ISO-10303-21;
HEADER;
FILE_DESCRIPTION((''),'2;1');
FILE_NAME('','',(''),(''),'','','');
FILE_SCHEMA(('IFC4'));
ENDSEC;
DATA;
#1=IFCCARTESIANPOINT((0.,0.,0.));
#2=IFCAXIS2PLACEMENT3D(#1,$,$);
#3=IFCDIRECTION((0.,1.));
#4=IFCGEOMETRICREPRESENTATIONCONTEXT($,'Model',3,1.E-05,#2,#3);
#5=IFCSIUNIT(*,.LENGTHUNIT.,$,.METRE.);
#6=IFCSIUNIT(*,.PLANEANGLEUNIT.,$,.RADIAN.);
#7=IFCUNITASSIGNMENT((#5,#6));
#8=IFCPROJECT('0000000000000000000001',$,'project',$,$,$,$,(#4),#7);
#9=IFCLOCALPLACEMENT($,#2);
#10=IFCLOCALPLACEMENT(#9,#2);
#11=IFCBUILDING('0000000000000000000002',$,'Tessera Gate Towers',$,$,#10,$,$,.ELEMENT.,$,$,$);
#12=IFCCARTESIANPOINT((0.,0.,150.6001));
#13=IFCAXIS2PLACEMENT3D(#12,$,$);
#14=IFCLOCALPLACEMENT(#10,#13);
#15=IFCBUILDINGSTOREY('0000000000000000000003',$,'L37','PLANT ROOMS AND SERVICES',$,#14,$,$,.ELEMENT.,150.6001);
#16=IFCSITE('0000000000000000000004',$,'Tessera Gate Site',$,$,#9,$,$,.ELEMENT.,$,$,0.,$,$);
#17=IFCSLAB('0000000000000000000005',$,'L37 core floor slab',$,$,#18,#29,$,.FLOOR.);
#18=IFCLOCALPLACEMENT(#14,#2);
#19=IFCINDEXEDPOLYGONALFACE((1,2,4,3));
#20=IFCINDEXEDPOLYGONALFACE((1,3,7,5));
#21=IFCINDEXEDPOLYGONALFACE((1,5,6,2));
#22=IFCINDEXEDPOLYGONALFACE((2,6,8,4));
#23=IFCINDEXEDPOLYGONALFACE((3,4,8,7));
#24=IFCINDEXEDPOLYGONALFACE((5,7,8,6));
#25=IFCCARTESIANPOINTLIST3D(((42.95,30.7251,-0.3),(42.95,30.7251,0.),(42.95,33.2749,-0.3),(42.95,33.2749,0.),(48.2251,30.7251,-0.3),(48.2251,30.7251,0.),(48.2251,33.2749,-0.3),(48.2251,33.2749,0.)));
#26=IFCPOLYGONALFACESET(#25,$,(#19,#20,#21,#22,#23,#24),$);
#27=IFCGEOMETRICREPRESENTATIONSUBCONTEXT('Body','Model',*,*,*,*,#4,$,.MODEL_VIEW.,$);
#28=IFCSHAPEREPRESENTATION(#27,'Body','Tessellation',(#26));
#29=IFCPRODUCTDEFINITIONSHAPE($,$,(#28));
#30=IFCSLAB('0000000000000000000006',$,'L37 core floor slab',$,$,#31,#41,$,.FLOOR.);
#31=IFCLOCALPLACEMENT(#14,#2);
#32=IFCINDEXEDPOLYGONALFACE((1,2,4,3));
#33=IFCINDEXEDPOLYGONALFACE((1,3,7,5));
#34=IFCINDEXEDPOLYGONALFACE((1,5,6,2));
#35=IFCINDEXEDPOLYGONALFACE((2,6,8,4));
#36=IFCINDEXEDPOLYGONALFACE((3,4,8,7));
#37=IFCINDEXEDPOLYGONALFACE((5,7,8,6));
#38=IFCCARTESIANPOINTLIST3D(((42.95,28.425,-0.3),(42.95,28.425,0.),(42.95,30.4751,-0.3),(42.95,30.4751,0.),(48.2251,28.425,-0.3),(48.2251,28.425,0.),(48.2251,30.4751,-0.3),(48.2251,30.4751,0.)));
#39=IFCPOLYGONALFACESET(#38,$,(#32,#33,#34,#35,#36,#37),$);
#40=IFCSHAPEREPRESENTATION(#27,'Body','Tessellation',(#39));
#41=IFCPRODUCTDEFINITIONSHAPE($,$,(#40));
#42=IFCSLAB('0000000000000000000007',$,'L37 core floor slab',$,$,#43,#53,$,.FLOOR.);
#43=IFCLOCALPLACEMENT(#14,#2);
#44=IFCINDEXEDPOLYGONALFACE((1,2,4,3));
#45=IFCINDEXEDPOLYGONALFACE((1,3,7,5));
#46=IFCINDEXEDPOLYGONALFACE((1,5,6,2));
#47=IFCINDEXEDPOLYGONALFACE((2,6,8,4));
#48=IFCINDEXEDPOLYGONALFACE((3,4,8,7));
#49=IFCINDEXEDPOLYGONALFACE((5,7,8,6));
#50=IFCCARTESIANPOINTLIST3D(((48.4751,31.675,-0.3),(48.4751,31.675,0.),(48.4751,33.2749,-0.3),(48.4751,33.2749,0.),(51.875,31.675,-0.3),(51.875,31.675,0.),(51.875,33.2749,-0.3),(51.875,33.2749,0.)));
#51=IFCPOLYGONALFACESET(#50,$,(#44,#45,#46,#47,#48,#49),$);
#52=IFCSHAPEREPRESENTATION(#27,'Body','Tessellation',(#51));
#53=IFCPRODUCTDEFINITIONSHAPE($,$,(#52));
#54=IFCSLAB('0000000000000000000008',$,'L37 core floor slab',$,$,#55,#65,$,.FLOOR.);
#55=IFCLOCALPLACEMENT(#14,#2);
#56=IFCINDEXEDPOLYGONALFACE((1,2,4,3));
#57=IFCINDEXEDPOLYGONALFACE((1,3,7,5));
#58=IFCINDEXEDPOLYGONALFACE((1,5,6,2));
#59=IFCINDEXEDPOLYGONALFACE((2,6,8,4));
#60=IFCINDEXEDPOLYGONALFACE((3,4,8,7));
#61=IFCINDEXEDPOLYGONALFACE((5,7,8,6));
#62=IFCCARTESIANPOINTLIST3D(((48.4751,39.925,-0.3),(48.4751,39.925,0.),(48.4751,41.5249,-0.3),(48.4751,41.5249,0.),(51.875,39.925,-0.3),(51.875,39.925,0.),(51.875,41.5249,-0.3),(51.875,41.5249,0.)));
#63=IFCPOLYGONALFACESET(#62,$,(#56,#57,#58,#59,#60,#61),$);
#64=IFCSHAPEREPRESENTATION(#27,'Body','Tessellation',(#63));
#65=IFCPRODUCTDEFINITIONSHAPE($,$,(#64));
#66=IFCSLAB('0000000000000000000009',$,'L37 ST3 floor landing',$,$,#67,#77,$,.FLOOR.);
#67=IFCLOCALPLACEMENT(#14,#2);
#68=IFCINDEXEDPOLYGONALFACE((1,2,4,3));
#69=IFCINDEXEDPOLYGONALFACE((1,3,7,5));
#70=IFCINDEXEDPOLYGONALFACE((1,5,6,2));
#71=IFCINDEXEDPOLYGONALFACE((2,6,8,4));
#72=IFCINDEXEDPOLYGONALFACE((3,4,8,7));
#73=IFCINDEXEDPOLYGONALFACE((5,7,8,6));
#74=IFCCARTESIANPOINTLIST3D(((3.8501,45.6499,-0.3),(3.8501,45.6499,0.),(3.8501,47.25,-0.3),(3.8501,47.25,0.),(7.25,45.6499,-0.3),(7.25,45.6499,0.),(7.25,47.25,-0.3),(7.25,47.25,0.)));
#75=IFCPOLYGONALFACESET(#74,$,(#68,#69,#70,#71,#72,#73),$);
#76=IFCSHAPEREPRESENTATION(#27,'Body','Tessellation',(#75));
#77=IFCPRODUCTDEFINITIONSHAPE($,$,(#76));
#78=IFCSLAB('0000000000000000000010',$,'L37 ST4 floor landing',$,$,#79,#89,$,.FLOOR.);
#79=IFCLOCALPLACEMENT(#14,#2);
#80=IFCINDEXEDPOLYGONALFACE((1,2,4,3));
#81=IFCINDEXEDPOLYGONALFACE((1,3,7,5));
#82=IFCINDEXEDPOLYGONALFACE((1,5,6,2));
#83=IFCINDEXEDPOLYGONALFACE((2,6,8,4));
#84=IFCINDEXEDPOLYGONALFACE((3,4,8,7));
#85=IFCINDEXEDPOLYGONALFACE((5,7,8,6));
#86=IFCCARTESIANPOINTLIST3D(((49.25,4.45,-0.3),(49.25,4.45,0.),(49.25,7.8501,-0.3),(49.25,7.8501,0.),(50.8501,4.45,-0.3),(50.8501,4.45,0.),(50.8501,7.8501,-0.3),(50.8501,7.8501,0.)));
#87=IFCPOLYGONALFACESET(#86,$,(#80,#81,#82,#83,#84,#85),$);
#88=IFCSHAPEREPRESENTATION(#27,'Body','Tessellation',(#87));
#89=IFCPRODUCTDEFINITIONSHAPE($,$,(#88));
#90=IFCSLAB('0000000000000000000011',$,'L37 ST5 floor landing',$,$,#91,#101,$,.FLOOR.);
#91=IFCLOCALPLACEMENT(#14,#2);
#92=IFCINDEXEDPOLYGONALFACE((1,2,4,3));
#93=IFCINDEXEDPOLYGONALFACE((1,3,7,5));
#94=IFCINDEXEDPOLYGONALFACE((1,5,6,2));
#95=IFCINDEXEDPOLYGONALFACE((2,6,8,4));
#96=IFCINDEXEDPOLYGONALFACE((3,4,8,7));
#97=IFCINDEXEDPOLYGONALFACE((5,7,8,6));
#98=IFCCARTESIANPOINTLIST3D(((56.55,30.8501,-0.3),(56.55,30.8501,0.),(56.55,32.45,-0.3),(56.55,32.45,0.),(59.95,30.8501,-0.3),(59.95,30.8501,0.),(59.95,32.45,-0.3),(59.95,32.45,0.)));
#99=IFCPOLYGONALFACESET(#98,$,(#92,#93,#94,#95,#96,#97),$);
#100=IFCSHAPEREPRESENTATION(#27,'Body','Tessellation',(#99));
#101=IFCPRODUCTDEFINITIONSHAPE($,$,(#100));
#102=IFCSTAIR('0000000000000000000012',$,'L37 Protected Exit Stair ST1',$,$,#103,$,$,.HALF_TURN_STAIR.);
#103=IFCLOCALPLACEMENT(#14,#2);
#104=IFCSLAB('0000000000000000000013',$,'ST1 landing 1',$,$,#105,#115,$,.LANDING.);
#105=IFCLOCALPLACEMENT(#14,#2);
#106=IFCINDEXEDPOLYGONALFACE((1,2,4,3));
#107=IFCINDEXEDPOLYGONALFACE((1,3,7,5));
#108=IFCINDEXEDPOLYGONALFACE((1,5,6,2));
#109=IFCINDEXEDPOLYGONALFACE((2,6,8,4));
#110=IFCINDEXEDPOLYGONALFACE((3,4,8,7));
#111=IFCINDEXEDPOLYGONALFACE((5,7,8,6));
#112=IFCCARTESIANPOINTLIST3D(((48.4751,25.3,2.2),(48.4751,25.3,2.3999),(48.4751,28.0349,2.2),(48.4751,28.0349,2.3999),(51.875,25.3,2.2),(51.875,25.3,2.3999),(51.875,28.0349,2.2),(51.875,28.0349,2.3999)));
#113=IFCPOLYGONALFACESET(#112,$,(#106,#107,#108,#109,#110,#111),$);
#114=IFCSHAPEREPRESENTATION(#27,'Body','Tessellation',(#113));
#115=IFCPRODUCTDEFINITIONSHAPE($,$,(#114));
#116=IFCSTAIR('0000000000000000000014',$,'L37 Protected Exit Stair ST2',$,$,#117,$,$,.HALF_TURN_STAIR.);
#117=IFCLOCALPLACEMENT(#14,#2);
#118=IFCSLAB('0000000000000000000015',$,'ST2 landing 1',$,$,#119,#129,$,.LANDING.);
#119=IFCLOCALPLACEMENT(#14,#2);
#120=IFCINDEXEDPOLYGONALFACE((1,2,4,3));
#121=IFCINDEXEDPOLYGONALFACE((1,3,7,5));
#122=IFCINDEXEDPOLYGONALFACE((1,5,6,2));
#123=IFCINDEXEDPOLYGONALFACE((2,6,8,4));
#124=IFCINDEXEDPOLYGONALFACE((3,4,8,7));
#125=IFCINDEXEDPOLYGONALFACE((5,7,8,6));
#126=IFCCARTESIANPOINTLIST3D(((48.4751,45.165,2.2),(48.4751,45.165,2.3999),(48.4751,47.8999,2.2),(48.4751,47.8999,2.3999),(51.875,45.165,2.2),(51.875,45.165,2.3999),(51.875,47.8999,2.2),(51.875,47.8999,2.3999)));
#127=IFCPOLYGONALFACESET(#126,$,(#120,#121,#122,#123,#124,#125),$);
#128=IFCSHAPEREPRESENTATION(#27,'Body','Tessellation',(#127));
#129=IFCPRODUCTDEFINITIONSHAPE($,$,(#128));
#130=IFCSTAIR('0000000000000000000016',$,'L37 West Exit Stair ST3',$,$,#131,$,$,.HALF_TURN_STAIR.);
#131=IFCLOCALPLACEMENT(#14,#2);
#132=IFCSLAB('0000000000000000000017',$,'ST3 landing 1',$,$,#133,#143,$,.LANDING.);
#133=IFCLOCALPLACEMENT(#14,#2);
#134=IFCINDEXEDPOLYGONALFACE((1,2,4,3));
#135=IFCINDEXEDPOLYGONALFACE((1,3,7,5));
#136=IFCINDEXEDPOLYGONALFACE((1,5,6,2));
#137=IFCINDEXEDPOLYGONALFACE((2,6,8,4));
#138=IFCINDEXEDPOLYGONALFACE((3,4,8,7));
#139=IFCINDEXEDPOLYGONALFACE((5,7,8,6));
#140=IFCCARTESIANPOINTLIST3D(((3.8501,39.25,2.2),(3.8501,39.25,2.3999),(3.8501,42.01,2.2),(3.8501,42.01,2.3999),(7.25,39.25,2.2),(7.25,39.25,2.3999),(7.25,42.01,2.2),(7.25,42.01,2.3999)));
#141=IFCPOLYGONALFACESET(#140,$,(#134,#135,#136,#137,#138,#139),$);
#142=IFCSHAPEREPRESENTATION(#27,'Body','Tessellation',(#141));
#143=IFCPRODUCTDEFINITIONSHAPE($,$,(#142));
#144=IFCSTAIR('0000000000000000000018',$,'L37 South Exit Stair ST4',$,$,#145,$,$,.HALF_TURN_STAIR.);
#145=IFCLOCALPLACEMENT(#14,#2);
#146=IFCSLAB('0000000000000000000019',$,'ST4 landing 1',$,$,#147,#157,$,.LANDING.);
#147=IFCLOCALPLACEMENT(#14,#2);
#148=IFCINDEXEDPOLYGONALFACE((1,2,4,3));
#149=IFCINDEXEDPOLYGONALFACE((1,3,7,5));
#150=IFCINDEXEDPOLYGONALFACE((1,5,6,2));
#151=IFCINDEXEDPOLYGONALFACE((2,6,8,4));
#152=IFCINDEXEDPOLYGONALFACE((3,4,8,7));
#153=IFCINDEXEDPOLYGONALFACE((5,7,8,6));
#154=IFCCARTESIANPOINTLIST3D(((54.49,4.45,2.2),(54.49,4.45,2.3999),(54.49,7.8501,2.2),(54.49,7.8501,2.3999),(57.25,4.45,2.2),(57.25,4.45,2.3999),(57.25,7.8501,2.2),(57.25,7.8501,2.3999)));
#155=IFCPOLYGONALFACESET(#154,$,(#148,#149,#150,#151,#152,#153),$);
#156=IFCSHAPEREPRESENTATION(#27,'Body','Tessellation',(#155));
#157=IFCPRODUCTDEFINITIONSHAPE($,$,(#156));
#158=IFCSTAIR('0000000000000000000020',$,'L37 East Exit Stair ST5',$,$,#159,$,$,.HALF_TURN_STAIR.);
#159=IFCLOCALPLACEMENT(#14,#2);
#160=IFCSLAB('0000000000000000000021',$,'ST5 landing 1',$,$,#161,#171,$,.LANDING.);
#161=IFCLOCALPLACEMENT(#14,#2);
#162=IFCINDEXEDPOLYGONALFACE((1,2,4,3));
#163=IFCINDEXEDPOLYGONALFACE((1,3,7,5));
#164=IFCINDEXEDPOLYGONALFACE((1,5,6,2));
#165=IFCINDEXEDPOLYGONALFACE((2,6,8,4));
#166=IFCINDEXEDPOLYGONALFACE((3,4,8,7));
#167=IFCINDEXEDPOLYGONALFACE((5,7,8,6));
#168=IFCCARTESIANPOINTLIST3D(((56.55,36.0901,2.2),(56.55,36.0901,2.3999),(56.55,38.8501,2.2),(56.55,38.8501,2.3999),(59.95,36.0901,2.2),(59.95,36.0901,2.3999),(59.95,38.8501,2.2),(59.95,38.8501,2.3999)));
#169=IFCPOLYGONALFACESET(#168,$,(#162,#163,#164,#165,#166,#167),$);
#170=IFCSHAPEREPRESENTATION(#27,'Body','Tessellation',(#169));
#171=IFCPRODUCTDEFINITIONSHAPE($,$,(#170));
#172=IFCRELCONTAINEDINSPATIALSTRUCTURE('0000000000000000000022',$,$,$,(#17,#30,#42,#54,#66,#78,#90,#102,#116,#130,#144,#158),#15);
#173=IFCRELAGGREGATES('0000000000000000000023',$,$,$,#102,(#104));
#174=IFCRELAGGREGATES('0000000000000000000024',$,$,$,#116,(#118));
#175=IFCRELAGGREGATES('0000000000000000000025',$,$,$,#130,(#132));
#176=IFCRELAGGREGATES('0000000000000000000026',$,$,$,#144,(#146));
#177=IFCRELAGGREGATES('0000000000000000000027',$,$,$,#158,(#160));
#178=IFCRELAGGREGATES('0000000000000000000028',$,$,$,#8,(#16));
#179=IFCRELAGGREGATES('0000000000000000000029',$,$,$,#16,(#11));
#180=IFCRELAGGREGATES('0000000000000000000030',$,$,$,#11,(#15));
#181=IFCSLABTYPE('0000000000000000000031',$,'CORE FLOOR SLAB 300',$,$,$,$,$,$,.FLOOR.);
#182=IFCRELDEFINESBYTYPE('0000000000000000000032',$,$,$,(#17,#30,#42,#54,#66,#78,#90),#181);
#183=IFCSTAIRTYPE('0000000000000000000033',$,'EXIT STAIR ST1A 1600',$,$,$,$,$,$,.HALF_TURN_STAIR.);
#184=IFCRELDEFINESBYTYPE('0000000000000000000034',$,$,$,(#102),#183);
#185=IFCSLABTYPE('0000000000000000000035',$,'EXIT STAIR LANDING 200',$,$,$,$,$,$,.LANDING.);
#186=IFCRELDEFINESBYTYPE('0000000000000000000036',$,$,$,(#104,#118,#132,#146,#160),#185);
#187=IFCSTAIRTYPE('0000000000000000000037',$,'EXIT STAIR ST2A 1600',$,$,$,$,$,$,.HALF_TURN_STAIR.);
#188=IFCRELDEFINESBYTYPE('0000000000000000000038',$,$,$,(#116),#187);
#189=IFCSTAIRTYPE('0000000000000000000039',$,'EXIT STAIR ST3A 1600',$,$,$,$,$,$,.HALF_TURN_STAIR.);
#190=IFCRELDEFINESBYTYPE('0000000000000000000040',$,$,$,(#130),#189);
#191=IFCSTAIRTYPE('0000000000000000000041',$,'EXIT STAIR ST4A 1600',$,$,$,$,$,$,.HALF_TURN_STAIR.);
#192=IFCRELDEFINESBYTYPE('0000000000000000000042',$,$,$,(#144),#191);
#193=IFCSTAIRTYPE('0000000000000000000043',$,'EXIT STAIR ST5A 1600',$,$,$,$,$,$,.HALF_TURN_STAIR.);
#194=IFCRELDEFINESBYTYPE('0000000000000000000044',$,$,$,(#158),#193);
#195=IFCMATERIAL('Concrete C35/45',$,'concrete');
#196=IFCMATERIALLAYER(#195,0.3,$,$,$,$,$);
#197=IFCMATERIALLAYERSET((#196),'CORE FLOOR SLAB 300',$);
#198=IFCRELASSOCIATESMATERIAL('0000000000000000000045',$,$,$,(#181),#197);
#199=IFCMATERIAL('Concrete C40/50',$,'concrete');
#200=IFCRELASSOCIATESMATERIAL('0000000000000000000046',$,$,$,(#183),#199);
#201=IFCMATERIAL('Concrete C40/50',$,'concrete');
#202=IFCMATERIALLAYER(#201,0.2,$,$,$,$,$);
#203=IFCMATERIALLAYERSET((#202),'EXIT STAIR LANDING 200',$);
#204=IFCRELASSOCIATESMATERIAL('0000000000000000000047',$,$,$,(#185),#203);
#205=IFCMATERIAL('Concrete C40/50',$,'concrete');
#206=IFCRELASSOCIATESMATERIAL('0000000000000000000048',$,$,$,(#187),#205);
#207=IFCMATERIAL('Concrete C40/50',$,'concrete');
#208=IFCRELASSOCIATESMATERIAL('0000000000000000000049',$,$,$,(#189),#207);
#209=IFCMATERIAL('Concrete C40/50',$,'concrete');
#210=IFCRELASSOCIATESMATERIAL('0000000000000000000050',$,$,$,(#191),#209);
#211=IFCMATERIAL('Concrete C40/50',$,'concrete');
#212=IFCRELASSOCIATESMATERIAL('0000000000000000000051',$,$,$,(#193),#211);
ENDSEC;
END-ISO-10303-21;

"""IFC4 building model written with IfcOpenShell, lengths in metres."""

from ifc_helpers import new_model, si_unit, direction, frame, origin, place, context, subcontext, project, spatial, polyline, outline, extrude, material, layer, layer_set, type_object, element, aggregate, save


model = new_model("IFC4")

# Units and contexts
model_context = context("Model", 3, precision=1e-05, world=origin(), true_north=direction((0.0, 1.0)))
body_context = subcontext(model_context, "Body", "Model", "MODEL_VIEW")
ifc_project = project(units=[si_unit("LENGTHUNIT", "METRE"), si_unit("PLANEANGLEUNIT", "RADIAN")], contexts=[model_context])

# Site, building, storey
site_placement = place(None, origin())
site = spatial("IfcSite", under=ifc_project, at=site_placement, Name="Tessera Gate Site", CompositionType="ELEMENT", RefElevation=0.0)
building_placement = place(site_placement, origin())
building = spatial("IfcBuilding", under=site, at=building_placement, Name="Tessera Gate Towers", CompositionType="ELEMENT")
storey_placement = place(building_placement, frame((0.0, 0.0, 150.6001)))
storey = spatial("IfcBuildingStorey", under=building, at=storey_placement, Name="L37", Description="PLANT ROOMS AND SERVICES", CompositionType="ELEMENT", Elevation=150.6001)

# Slabs
ifc_material_1 = material(Name="Concrete C35/45", Category="concrete")
ifc_layer_1 = layer(ifc_material_1, 0.3)
ifc_layer_set_1 = layer_set([ifc_layer_1], Name="CORE FLOOR SLAB 300")
slab_type_1 = type_object("IfcSlabType", Name="CORE FLOOR SLAB 300", PredefinedType="FLOOR", material=ifc_layer_set_1)
slab_1_placement = place(storey_placement, frame((0.0, 0.0, -0.3)))
element("IfcSlab", 1, at=slab_1_placement, inside=storey, type_object=slab_type_1, Name="L37 core floor slab", PredefinedType="FLOOR", context=body_context, shape_type="SweptSolid", body=[
    extrude(outline(polyline([(42.95, 33.2749), (42.95, 30.7251), (48.2251, 30.7251), (48.2251, 33.2749), (42.95, 33.2749)])), origin(), (0.0, 0.0, 1.0), 0.3),
])
slab_2_placement = place(storey_placement, frame((0.0, 0.0, -0.3)))
element("IfcSlab", 2, at=slab_2_placement, inside=storey, type_object=slab_type_1, Name="L37 core floor slab", PredefinedType="FLOOR", context=body_context, shape_type="SweptSolid", body=[
    extrude(outline(polyline([(48.2251, 30.4751), (42.95, 30.4751), (42.95, 28.425), (48.2251, 28.425), (48.2251, 30.4751)])), origin(), (0.0, 0.0, 1.0), 0.3),
])
slab_3_placement = place(storey_placement, frame((0.0, 0.0, -0.3)))
element("IfcSlab", 3, at=slab_3_placement, inside=storey, type_object=slab_type_1, Name="L37 core floor slab", PredefinedType="FLOOR", context=body_context, shape_type="SweptSolid", body=[
    extrude(outline(polyline([(51.875, 31.675), (51.875, 33.2749), (48.4751, 33.2749), (48.4751, 31.675), (51.875, 31.675)])), origin(), (0.0, 0.0, 1.0), 0.3),
])
slab_4_placement = place(storey_placement, frame((0.0, 0.0, -0.3)))
element("IfcSlab", 4, at=slab_4_placement, inside=storey, type_object=slab_type_1, Name="L37 core floor slab", PredefinedType="FLOOR", context=body_context, shape_type="SweptSolid", body=[
    extrude(outline(polyline([(48.4751, 41.5249), (48.4751, 39.925), (51.875, 39.925), (51.875, 41.5249), (48.4751, 41.5249)])), origin(), (0.0, 0.0, 1.0), 0.3),
])
slab_5_placement = place(storey_placement, frame((0.0, 0.0, -0.3)))
element("IfcSlab", 5, at=slab_5_placement, inside=storey, type_object=slab_type_1, Name="L37 ST3 floor landing", PredefinedType="FLOOR", context=body_context, shape_type="SweptSolid", body=[
    extrude(outline(polyline([(3.8501, 47.25), (3.8501, 45.6499), (7.25, 45.6499), (7.25, 47.25), (3.8501, 47.25)])), origin(), (0.0, 0.0, 1.0), 0.3),
])
slab_6_placement = place(storey_placement, frame((0.0, 0.0, -0.3)))
element("IfcSlab", 6, at=slab_6_placement, inside=storey, type_object=slab_type_1, Name="L37 ST4 floor landing", PredefinedType="FLOOR", context=body_context, shape_type="SweptSolid", body=[
    extrude(outline(polyline([(49.25, 4.45), (50.8501, 4.45), (50.8501, 7.8501), (49.25, 7.8501), (49.25, 4.45)])), origin(), (0.0, 0.0, 1.0), 0.3),
])
slab_7_placement = place(storey_placement, frame((0.0, 0.0, -0.3)))
element("IfcSlab", 7, at=slab_7_placement, inside=storey, type_object=slab_type_1, Name="L37 ST5 floor landing", PredefinedType="FLOOR", context=body_context, shape_type="SweptSolid", body=[
    extrude(outline(polyline([(59.95, 30.8501), (59.95, 32.45), (56.55, 32.45), (56.55, 30.8501), (59.95, 30.8501)])), origin(), (0.0, 0.0, 1.0), 0.3),
])

# Stairs, slabs
ifc_material_2 = material(Name="Concrete C40/50", Category="concrete")
stair_type_1 = type_object("IfcStairType", Name="EXIT STAIR ST1A 1600", PredefinedType="HALF_TURN_STAIR", material=ifc_material_2)
stair_1_placement = place(storey_placement, origin())
stair_1 = element("IfcStair", 8, at=stair_1_placement, inside=storey, type_object=stair_type_1, Name="L37 Protected Exit Stair ST1", PredefinedType="HALF_TURN_STAIR")
ifc_material_3 = material(Name="Concrete C40/50", Category="concrete")
ifc_layer_2 = layer(ifc_material_3, 0.2)
ifc_layer_set_2 = layer_set([ifc_layer_2], Name="EXIT STAIR LANDING 200")
slab_type_2 = type_object("IfcSlabType", Name="EXIT STAIR LANDING 200", PredefinedType="LANDING", material=ifc_layer_set_2)
slab_8_placement = place(storey_placement, frame((0.0, 0.0, 2.2)))
slab_8 = element("IfcSlab", 9, at=slab_8_placement, type_object=slab_type_2, Name="ST1 landing 1", PredefinedType="LANDING", context=body_context, shape_type="SweptSolid", body=[
    extrude(outline(polyline([(48.4751, 28.0349), (48.4751, 25.3), (51.875, 25.3), (51.875, 28.0349), (48.4751, 28.0349)])), origin(), (0.0, 0.0, 1.0), 0.2),
])
aggregate(stair_1, [slab_8])
ifc_material_4 = material(Name="Concrete C40/50", Category="concrete")
stair_type_2 = type_object("IfcStairType", Name="EXIT STAIR ST2A 1600", PredefinedType="HALF_TURN_STAIR", material=ifc_material_4)
stair_2_placement = place(storey_placement, origin())
stair_2 = element("IfcStair", 10, at=stair_2_placement, inside=storey, type_object=stair_type_2, Name="L37 Protected Exit Stair ST2", PredefinedType="HALF_TURN_STAIR")
slab_9_placement = place(storey_placement, frame((0.0, 0.0, 2.2)))
slab_9 = element("IfcSlab", 11, at=slab_9_placement, type_object=slab_type_2, Name="ST2 landing 1", PredefinedType="LANDING", context=body_context, shape_type="SweptSolid", body=[
    extrude(outline(polyline([(51.875, 45.165), (51.875, 47.8999), (48.4751, 47.8999), (48.4751, 45.165), (51.875, 45.165)])), origin(), (0.0, 0.0, 1.0), 0.2),
])
aggregate(stair_2, [slab_9])
ifc_material_5 = material(Name="Concrete C40/50", Category="concrete")
stair_type_3 = type_object("IfcStairType", Name="EXIT STAIR ST3A 1600", PredefinedType="HALF_TURN_STAIR", material=ifc_material_5)
stair_3_placement = place(storey_placement, origin())
stair_3 = element("IfcStair", 12, at=stair_3_placement, inside=storey, type_object=stair_type_3, Name="L37 West Exit Stair ST3", PredefinedType="HALF_TURN_STAIR")
slab_10_placement = place(storey_placement, frame((0.0, 0.0, 2.2)))
slab_10 = element("IfcSlab", 13, at=slab_10_placement, type_object=slab_type_2, Name="ST3 landing 1", PredefinedType="LANDING", context=body_context, shape_type="SweptSolid", body=[
    extrude(outline(polyline([(3.8501, 42.01), (3.8501, 39.25), (7.25, 39.25), (7.25, 42.01), (3.8501, 42.01)])), origin(), (0.0, 0.0, 1.0), 0.2),
])
aggregate(stair_3, [slab_10])
ifc_material_6 = material(Name="Concrete C40/50", Category="concrete")
stair_type_4 = type_object("IfcStairType", Name="EXIT STAIR ST4A 1600", PredefinedType="HALF_TURN_STAIR", material=ifc_material_6)
stair_4_placement = place(storey_placement, origin())
stair_4 = element("IfcStair", 14, at=stair_4_placement, inside=storey, type_object=stair_type_4, Name="L37 South Exit Stair ST4", PredefinedType="HALF_TURN_STAIR")
slab_11_placement = place(storey_placement, frame((0.0, 0.0, 2.2)))
slab_11 = element("IfcSlab", 15, at=slab_11_placement, type_object=slab_type_2, Name="ST4 landing 1", PredefinedType="LANDING", context=body_context, shape_type="SweptSolid", body=[
    extrude(outline(polyline([(54.49, 4.45), (57.25, 4.45), (57.25, 7.8501), (54.49, 7.8501), (54.49, 4.45)])), origin(), (0.0, 0.0, 1.0), 0.2),
])
aggregate(stair_4, [slab_11])
ifc_material_7 = material(Name="Concrete C40/50", Category="concrete")
stair_type_5 = type_object("IfcStairType", Name="EXIT STAIR ST5A 1600", PredefinedType="HALF_TURN_STAIR", material=ifc_material_7)
stair_5_placement = place(storey_placement, origin())
stair_5 = element("IfcStair", 16, at=stair_5_placement, inside=storey, type_object=stair_type_5, Name="L37 East Exit Stair ST5", PredefinedType="HALF_TURN_STAIR")
slab_12_placement = place(storey_placement, frame((0.0, 0.0, 2.2)))
slab_12 = element("IfcSlab", 17, at=slab_12_placement, type_object=slab_type_2, Name="ST5 landing 1", PredefinedType="LANDING", context=body_context, shape_type="SweptSolid", body=[
    extrude(outline(polyline([(59.95, 36.0901), (59.95, 38.8501), (56.55, 38.8501), (56.55, 36.0901), (59.95, 36.0901)])), origin(), (0.0, 0.0, 1.0), 0.2),
])
aggregate(stair_5, [slab_12])

save(model, "model.ifc")
